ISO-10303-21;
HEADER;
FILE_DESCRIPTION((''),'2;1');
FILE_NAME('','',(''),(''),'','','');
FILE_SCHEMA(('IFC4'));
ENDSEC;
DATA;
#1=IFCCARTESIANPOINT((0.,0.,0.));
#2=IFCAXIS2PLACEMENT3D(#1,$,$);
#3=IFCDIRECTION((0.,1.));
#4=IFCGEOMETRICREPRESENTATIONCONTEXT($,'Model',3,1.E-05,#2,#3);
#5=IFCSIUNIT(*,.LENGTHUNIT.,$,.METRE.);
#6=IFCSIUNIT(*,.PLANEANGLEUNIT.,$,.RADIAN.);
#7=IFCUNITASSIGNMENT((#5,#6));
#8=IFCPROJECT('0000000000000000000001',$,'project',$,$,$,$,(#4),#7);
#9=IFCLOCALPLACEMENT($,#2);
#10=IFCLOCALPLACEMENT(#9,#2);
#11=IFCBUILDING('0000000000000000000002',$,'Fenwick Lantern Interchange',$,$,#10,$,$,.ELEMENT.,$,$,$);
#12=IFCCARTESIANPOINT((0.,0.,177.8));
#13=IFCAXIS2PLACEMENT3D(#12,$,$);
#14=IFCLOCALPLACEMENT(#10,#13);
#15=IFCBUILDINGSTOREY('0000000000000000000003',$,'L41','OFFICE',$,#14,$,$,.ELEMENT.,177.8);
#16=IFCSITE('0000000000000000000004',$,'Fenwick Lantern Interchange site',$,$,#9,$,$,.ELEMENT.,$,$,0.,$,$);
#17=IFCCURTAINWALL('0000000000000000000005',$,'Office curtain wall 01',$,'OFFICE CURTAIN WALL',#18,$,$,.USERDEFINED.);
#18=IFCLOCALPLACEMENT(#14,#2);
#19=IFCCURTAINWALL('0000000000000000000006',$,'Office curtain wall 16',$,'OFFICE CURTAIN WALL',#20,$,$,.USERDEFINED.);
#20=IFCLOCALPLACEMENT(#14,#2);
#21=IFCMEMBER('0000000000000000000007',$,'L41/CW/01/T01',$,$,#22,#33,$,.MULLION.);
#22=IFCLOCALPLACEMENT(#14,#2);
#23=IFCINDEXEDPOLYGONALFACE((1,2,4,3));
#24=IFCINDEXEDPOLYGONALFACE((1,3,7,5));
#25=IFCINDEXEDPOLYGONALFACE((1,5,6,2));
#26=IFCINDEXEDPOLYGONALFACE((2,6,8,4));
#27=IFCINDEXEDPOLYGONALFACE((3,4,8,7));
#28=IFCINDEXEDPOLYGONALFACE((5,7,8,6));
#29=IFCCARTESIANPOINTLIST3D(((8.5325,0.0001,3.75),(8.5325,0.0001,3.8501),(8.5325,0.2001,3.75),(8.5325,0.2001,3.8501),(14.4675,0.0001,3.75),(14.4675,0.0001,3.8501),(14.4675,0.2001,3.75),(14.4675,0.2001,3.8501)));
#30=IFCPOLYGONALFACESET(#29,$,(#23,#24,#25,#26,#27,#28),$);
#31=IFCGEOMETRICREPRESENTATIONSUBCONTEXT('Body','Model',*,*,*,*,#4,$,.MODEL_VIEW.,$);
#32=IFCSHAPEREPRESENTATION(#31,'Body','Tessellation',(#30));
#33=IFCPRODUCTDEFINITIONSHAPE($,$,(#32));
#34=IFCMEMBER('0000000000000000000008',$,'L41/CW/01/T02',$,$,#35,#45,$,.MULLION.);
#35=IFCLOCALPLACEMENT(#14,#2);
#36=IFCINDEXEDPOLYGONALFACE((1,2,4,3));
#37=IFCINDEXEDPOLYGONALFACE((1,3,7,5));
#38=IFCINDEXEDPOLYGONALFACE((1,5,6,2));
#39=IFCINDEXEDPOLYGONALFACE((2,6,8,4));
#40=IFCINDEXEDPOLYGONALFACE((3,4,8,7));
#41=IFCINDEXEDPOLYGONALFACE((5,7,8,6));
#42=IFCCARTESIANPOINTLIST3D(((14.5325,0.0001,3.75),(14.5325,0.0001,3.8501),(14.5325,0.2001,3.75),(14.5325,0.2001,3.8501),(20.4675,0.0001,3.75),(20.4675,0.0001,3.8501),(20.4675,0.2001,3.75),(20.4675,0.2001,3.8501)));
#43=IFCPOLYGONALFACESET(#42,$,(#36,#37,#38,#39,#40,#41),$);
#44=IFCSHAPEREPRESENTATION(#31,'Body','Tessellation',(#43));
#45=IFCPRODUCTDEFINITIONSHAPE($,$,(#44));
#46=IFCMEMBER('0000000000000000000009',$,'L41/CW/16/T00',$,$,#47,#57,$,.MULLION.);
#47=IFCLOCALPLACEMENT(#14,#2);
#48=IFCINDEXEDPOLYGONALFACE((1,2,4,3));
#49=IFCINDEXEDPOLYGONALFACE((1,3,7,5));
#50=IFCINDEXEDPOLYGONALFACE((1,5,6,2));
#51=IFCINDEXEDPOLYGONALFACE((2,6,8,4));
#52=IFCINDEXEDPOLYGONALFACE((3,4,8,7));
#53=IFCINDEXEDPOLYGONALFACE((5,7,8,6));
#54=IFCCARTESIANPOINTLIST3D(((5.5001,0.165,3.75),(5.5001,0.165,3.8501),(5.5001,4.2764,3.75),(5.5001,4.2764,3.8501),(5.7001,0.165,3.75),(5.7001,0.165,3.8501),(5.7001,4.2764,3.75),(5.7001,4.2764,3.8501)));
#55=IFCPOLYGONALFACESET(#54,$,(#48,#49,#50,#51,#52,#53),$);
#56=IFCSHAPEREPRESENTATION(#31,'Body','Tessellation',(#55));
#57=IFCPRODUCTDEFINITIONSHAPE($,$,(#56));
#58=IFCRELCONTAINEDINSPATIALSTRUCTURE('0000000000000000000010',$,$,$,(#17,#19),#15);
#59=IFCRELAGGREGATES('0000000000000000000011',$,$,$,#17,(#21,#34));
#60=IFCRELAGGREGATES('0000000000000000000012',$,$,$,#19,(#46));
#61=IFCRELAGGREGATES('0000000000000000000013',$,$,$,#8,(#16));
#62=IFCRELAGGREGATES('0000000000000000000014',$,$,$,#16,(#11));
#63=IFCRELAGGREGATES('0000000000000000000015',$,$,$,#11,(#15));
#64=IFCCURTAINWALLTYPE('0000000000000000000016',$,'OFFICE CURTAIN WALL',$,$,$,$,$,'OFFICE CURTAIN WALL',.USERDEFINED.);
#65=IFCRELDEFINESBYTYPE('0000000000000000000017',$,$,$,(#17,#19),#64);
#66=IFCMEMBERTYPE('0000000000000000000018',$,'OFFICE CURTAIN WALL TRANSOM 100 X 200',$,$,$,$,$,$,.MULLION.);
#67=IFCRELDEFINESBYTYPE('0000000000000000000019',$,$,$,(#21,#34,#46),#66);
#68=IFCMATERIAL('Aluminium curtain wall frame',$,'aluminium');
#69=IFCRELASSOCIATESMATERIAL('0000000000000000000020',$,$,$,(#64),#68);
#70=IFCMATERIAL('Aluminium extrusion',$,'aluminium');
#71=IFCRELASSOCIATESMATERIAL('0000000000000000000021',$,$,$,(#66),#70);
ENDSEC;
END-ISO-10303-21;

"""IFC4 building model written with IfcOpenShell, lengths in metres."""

from ifc_helpers import new_model, si_unit, direction, frame, origin, origin_2d, place, context, subcontext, project, spatial, rectangle, extrude, material, material_profile, profile_set, type_object, element, aggregate, save


model = new_model("IFC4")

# Units and contexts
model_context = context("Model", 3, precision=1e-05, world=origin(), true_north=direction((0.0, 1.0)))
body_context = subcontext(model_context, "Body", "Model", "MODEL_VIEW")
ifc_project = project(units=[si_unit("LENGTHUNIT", "METRE"), si_unit("PLANEANGLEUNIT", "RADIAN")], contexts=[model_context])

# Site, building, storey
site_placement = place(None, origin())
site = spatial("IfcSite", under=ifc_project, at=site_placement, Name="Fenwick Lantern Interchange site", CompositionType="ELEMENT", RefElevation=0.0)
building_placement = place(site_placement, origin())
building = spatial("IfcBuilding", under=site, at=building_placement, Name="Fenwick Lantern Interchange", CompositionType="ELEMENT")
storey_placement = place(building_placement, frame((0.0, 0.0, 177.8)))
storey = spatial("IfcBuildingStorey", under=building, at=storey_placement, Name="L41", Description="OFFICE", CompositionType="ELEMENT", Elevation=177.8)

# Curtain walls
ifc_material_1 = material(Name="Aluminium curtain wall frame", Category="aluminium")
curtain_wall_type = type_object("IfcCurtainWallType", Name="OFFICE CURTAIN WALL", ElementType="OFFICE CURTAIN WALL", PredefinedType="USERDEFINED", material=ifc_material_1)
curtain_wall_1_placement = place(storey_placement, origin())
curtain_wall_1 = element("IfcCurtainWall", 1, at=curtain_wall_1_placement, inside=storey, type_object=curtain_wall_type, Name="Office curtain wall 01", ObjectType="OFFICE CURTAIN WALL", PredefinedType="USERDEFINED")
ifc_material_2 = material(Name="Aluminium extrusion", Category="aluminium")
curtain_wall_2_placement = place(storey_placement, origin())
curtain_wall_2 = element("IfcCurtainWall", 2, at=curtain_wall_2_placement, inside=storey, type_object=curtain_wall_type, Name="Office curtain wall 16", ObjectType="OFFICE CURTAIN WALL", PredefinedType="USERDEFINED")

# Members
ifc_material_profile_1 = material_profile(ifc_material_2, rectangle(XDim=0.2, YDim=0.1001, at=origin_2d()), Name="OFFICE CURTAIN WALL TRANSOM 100 X 200")
ifc_profile_set_1 = profile_set([ifc_material_profile_1], Name="Aluminium extrusion")
member_type_1 = type_object("IfcMemberType", Name="OFFICE CURTAIN WALL TRANSOM 100 X 200", PredefinedType="MULLION", material=ifc_profile_set_1)
member_1_placement = place(storey_placement, frame((8.5325, 0.1001, 3.8), z_axis=(1.0, 0.0, 0.0), x_axis=(0.0, 1.0, 0.0)))
member_1 = element("IfcMember", 3, at=member_1_placement, type_object=member_type_1, Name="L41/CW/01/T01", PredefinedType="MULLION", context=body_context, shape_type="SweptSolid", body=[
    extrude(rectangle(XDim=0.2, YDim=0.1001, at=origin_2d()), origin(), (0.0, 0.0, 1.0), 5.9351),
])
member_2_placement = place(storey_placement, frame((14.5325, 0.1001, 3.8), z_axis=(1.0, 0.0, 0.0), x_axis=(0.0, 1.0, 0.0)))
member_2 = element("IfcMember", 4, at=member_2_placement, type_object=member_type_1, Name="L41/CW/01/T02", PredefinedType="MULLION", context=body_context, shape_type="SweptSolid", body=[
    extrude(rectangle(XDim=0.2, YDim=0.1001, at=origin_2d()), origin(), (0.0, 0.0, 1.0), 5.9351),
])
member_3_placement = place(storey_placement, frame((5.6001, 4.2764, 3.8), z_axis=(0.0, -1.0, 0.0), x_axis=(1.0, 0.0, 0.0)))
member_3 = element("IfcMember", 5, at=member_3_placement, type_object=member_type_1, Name="L41/CW/16/T00", PredefinedType="MULLION", context=body_context, shape_type="SweptSolid", body=[
    extrude(rectangle(XDim=0.2, YDim=0.1001, at=origin_2d()), origin(), (0.0, 0.0, 1.0), 4.1113),
])

aggregate(curtain_wall_1, [member_1, member_2])
aggregate(curtain_wall_2, [member_3])

save(model, "model.ifc")
